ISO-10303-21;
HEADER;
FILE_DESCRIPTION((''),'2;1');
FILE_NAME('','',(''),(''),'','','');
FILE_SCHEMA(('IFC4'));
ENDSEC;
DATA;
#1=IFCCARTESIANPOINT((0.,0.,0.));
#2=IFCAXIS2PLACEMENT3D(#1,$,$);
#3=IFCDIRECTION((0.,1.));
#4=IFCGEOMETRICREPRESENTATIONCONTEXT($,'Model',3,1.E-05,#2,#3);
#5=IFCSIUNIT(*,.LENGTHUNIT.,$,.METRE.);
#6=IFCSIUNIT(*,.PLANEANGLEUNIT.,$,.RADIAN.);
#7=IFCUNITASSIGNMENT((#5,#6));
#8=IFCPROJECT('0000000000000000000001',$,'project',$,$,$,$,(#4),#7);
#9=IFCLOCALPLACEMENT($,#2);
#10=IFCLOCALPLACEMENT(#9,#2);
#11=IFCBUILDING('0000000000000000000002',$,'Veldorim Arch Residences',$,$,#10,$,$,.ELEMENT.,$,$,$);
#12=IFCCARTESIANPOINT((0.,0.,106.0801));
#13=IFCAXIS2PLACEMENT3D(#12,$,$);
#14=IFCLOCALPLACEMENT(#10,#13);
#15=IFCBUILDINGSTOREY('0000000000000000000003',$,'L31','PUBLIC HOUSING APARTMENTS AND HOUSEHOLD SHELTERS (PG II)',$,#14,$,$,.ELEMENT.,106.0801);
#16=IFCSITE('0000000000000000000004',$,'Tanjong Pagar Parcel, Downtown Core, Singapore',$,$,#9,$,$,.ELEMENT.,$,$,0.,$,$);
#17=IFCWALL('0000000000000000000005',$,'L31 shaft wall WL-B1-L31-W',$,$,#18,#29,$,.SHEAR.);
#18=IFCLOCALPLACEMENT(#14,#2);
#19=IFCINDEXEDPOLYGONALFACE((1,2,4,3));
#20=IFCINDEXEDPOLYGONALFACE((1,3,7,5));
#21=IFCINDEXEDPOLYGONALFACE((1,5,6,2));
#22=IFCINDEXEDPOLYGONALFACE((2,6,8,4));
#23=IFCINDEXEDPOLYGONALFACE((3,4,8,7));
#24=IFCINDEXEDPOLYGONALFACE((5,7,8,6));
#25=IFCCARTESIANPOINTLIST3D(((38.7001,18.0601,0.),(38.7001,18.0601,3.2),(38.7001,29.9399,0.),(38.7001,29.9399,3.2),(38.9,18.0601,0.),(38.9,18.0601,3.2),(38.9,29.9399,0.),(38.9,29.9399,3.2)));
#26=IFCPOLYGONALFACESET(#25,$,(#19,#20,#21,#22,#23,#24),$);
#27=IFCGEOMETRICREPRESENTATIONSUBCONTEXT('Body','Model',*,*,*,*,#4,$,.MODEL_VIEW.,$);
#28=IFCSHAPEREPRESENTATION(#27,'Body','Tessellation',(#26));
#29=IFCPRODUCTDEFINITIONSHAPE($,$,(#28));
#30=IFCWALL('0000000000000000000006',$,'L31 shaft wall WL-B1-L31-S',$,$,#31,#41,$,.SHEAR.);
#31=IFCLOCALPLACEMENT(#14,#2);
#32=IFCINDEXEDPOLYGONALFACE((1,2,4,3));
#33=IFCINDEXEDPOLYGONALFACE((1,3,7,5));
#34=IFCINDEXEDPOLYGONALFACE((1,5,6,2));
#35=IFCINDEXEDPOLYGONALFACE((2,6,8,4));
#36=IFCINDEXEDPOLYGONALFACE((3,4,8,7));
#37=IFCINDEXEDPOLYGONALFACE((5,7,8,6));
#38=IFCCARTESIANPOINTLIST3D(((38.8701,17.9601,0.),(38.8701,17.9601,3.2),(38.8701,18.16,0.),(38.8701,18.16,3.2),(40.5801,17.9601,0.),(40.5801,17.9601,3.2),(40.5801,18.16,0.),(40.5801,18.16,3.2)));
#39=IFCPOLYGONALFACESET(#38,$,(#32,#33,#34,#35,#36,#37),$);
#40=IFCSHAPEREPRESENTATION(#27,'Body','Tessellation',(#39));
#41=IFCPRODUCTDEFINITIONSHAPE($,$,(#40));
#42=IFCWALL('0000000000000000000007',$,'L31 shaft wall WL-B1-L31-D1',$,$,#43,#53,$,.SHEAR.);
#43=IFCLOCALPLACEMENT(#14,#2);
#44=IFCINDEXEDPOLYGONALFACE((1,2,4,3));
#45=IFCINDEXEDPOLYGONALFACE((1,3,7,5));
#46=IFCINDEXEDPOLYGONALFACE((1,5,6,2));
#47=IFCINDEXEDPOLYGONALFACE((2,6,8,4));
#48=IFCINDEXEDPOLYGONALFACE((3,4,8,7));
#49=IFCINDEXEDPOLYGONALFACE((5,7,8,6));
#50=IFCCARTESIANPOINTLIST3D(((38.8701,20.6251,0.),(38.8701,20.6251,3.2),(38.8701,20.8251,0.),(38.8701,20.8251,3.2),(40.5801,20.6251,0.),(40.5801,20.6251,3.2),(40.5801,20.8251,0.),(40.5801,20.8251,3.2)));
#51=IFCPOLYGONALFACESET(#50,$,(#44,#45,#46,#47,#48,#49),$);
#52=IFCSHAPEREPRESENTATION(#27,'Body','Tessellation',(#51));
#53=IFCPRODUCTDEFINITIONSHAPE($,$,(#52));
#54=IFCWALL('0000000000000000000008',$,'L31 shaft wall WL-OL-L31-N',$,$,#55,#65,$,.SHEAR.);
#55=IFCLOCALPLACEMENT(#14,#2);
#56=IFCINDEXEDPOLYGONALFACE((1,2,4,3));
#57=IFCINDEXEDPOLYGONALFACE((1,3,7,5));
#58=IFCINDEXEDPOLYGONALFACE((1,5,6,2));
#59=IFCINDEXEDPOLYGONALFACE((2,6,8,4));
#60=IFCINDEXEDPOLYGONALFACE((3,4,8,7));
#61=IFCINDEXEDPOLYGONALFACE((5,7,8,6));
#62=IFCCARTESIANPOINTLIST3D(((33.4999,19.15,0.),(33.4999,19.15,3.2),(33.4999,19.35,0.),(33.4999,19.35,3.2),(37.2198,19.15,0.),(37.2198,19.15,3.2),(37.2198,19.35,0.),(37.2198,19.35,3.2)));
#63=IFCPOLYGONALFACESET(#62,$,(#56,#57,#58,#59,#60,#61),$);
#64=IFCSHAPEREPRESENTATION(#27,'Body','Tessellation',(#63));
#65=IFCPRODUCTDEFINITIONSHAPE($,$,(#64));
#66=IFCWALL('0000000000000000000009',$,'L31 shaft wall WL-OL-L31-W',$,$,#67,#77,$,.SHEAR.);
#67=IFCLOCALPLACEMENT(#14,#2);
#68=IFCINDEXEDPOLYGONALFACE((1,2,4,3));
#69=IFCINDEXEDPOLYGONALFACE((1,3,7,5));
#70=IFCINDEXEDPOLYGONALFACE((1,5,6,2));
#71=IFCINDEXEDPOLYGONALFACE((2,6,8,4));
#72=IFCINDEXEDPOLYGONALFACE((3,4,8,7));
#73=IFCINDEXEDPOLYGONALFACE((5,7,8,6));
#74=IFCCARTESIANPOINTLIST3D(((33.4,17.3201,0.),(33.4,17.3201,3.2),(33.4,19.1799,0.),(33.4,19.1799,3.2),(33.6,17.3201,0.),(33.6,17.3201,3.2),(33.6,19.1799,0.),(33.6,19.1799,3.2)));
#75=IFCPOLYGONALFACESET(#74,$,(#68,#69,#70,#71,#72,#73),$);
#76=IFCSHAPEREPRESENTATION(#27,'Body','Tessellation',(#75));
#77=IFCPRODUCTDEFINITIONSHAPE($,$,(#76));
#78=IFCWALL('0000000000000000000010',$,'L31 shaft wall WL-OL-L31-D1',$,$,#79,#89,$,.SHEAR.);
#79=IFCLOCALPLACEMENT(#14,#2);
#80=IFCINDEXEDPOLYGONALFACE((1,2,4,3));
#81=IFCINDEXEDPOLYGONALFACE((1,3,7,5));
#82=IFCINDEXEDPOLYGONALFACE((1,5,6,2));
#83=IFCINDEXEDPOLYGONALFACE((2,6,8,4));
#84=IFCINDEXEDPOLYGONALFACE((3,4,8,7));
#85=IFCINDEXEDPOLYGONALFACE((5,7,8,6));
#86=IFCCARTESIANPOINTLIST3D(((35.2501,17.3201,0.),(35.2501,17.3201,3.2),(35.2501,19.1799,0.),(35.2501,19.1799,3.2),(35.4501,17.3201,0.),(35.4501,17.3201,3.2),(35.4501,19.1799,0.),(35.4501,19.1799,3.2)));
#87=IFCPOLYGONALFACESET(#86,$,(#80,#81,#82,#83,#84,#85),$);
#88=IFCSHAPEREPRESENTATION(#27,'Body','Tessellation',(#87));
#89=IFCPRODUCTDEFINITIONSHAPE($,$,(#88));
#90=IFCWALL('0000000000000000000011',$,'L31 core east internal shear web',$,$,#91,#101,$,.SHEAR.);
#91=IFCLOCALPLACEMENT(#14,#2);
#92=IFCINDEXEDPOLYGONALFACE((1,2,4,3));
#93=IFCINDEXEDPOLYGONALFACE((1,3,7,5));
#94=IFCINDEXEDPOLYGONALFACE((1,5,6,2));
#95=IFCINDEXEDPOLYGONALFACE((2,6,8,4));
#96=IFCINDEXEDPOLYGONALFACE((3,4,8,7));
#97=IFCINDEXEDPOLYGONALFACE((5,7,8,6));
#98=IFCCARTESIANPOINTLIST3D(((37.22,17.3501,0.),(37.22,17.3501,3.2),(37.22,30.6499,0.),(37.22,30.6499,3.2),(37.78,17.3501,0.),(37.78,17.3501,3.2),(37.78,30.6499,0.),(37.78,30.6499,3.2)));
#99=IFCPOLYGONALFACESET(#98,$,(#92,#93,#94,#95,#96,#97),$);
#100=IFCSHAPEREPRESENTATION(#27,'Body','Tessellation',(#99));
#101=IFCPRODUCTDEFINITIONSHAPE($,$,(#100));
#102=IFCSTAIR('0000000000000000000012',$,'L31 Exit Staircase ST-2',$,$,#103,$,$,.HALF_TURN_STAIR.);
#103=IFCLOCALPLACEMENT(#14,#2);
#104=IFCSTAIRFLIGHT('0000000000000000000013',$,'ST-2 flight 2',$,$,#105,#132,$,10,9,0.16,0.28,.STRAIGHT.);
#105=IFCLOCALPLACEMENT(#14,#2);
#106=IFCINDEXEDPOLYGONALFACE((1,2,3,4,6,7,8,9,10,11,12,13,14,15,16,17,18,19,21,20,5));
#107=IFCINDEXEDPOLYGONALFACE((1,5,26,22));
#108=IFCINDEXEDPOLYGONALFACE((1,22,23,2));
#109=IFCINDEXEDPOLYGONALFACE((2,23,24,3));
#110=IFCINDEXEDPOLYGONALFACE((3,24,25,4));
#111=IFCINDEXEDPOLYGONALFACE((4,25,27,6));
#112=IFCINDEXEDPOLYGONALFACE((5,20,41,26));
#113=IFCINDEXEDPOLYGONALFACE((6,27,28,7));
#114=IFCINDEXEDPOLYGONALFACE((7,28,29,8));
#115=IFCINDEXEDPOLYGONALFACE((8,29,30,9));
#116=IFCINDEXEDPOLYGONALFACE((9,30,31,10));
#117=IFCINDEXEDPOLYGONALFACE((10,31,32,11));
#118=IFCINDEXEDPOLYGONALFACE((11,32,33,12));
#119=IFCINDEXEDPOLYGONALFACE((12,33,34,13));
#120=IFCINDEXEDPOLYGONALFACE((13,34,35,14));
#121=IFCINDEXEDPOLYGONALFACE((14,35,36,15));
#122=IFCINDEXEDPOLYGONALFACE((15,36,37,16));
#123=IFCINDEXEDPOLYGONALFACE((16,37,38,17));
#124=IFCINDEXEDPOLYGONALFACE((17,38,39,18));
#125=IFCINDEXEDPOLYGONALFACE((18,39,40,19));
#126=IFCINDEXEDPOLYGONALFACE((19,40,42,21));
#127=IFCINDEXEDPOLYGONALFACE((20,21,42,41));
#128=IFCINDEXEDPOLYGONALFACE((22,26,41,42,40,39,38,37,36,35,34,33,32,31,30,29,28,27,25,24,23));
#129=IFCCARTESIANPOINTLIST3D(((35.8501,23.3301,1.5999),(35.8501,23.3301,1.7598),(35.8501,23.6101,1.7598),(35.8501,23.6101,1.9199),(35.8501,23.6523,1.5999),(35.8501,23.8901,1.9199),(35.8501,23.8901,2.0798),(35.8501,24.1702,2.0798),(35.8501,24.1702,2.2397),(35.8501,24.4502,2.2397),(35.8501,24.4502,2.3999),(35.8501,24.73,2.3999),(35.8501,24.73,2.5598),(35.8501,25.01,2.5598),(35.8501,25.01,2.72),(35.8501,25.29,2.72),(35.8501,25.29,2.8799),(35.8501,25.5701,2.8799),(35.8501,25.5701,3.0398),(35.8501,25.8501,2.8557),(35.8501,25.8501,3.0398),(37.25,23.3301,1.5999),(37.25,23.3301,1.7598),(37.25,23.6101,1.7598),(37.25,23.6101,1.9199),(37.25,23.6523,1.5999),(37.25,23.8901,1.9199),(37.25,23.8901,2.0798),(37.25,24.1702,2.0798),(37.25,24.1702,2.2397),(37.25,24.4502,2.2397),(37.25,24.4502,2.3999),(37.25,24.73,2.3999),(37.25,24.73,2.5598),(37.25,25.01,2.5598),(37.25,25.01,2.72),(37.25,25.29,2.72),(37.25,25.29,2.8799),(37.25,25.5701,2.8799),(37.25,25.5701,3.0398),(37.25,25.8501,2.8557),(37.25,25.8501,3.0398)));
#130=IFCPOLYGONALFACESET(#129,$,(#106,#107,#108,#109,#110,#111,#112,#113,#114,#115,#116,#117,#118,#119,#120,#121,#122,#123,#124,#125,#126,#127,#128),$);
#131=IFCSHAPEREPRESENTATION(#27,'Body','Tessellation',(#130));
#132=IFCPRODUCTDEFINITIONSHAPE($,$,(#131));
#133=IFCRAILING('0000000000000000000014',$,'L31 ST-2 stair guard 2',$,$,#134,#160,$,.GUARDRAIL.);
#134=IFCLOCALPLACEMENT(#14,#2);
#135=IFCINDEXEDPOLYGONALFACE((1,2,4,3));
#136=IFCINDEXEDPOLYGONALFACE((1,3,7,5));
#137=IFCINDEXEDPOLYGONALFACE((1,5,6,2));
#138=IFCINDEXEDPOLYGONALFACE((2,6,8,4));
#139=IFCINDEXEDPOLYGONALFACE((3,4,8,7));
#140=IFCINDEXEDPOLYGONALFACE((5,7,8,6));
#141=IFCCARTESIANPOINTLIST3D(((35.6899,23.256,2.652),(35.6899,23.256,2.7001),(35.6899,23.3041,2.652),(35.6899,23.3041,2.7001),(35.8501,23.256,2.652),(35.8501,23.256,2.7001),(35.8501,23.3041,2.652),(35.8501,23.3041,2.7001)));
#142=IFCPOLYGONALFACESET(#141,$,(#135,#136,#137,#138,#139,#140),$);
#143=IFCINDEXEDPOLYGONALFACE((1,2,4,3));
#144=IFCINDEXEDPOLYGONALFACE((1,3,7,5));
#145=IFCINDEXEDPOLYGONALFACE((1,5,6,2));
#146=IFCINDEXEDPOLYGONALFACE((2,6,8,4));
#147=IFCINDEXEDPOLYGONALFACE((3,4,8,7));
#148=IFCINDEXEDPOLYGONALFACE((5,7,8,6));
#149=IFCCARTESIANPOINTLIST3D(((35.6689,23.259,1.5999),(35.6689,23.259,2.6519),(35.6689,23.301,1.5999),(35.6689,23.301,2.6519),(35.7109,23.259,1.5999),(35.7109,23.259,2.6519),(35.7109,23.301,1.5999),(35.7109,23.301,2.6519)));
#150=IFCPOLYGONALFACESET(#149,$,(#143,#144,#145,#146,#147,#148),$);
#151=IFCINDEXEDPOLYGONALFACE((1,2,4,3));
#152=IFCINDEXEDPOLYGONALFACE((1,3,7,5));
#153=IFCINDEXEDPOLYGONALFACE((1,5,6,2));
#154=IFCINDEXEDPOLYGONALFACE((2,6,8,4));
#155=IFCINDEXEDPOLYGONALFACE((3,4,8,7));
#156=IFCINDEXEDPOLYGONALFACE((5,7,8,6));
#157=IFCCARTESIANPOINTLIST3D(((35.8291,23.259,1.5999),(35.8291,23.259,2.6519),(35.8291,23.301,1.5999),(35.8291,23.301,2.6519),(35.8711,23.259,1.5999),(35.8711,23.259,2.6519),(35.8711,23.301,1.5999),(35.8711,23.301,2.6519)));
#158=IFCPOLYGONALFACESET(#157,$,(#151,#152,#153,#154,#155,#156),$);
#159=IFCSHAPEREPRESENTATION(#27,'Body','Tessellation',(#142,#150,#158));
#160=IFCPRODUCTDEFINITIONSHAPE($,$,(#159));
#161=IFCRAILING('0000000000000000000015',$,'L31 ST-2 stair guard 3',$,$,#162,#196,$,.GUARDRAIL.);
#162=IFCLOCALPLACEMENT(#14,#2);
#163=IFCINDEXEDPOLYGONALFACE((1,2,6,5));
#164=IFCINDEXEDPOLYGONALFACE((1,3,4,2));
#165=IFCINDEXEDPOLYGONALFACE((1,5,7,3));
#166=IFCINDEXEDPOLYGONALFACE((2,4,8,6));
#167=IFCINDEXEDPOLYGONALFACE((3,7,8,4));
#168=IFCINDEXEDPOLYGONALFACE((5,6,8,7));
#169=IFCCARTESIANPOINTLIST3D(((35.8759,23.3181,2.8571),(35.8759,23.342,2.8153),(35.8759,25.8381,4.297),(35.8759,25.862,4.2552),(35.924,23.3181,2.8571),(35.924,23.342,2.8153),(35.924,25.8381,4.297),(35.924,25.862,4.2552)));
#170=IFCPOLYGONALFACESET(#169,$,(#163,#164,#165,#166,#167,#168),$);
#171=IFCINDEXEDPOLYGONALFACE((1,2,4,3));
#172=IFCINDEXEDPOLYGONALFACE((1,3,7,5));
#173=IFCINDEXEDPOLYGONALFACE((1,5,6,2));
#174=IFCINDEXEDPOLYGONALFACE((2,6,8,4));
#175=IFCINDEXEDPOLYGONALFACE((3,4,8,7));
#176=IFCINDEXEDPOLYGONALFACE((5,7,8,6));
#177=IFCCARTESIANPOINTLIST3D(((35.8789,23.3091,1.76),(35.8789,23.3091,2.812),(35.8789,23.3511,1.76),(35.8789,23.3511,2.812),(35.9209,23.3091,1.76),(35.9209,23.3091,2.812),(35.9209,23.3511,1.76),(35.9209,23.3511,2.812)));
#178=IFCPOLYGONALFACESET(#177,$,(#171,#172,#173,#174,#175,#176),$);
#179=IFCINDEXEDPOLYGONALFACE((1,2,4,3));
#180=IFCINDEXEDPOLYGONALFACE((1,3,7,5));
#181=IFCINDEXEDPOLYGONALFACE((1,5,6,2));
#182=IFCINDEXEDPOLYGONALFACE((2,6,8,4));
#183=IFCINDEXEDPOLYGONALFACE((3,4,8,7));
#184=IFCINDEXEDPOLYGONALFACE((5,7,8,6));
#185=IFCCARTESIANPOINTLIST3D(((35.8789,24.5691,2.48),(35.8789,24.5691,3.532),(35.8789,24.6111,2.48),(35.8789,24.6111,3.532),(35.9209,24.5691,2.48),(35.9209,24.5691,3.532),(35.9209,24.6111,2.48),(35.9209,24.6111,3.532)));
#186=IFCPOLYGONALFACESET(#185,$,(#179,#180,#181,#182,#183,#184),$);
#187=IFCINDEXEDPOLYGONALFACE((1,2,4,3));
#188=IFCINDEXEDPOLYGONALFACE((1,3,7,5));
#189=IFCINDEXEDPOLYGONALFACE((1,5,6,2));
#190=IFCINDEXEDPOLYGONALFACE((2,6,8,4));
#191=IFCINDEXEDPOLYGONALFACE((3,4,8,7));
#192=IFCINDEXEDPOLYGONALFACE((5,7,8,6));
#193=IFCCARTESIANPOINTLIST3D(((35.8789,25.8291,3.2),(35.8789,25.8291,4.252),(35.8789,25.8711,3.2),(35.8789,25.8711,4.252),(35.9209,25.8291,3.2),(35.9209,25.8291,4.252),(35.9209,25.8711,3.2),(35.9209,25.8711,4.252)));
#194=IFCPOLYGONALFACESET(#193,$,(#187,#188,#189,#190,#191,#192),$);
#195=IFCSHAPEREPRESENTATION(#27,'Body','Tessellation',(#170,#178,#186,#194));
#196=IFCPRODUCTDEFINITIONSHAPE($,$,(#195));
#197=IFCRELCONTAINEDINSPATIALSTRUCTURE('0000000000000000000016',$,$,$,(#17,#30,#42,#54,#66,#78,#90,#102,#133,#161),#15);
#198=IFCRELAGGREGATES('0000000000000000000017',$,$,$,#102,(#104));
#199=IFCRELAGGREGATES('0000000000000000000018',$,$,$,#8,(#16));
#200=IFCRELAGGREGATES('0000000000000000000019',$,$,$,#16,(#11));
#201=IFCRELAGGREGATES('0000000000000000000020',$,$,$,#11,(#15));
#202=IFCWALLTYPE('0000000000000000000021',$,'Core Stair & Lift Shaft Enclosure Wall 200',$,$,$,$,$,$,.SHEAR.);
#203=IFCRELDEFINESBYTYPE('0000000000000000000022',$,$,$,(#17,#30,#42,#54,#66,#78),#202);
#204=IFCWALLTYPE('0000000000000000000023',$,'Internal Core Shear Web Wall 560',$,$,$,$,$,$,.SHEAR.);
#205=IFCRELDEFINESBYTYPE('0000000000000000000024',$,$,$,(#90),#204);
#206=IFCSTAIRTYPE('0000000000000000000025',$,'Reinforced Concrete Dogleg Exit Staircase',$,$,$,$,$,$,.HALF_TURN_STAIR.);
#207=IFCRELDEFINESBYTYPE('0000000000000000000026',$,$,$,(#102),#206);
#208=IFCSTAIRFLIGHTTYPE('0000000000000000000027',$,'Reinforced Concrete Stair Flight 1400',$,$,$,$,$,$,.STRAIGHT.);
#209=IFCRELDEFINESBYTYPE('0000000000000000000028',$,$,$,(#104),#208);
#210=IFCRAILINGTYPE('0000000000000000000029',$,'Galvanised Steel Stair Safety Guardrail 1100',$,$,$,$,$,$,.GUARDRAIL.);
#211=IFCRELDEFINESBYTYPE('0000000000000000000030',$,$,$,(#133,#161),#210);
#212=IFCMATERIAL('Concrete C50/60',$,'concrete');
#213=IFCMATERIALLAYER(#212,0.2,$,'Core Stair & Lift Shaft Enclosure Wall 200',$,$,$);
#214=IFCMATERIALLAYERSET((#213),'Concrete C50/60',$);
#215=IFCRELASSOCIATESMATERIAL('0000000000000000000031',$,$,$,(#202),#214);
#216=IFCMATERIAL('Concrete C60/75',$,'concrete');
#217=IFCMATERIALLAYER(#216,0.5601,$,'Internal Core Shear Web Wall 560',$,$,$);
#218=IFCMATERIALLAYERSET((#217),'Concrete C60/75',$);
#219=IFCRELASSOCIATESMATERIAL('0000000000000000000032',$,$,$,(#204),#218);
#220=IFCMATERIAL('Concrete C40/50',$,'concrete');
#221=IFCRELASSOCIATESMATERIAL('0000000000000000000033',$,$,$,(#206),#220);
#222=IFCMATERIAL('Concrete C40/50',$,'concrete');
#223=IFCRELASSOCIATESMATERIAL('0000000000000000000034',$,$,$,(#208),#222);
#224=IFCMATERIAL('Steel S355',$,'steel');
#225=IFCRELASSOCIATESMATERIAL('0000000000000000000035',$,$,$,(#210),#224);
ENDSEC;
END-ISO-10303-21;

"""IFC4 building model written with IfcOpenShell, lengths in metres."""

from ifc_helpers import new_model, si_unit, direction, frame, frame_2d, origin, origin_2d, place, context, subcontext, project, spatial, polyline, rectangle, outline, extrude, material, layer, layer_set, type_object, element, aggregate, save


model = new_model("IFC4")

# Units and contexts
model_context = context("Model", 3, precision=1e-05, world=origin(), true_north=direction((0.0, 1.0)))
body_context = subcontext(model_context, "Body", "Model", "MODEL_VIEW")
ifc_project = project(units=[si_unit("LENGTHUNIT", "METRE"), si_unit("PLANEANGLEUNIT", "RADIAN")], contexts=[model_context])

# Site, building, storey
site_placement = place(None, origin())
site = spatial("IfcSite", under=ifc_project, at=site_placement, Name="Tanjong Pagar Parcel, Downtown Core, Singapore", CompositionType="ELEMENT", RefElevation=0.0)
building_placement = place(site_placement, origin())
building = spatial("IfcBuilding", under=site, at=building_placement, Name="Veldorim Arch Residences", CompositionType="ELEMENT")
storey_placement = place(building_placement, frame((0.0, 0.0, 106.0801)))
storey = spatial("IfcBuildingStorey", under=building, at=storey_placement, Name="L31", Description="PUBLIC HOUSING APARTMENTS AND HOUSEHOLD SHELTERS (PG II)", CompositionType="ELEMENT", Elevation=106.0801)

# Walls
ifc_material_1 = material(Name="Concrete C50/60", Category="concrete")
ifc_layer_1 = layer(ifc_material_1, 0.2, Name="Core Stair & Lift Shaft Enclosure Wall 200")
ifc_layer_set_1 = layer_set([ifc_layer_1], Name="Concrete C50/60")
wall_type_1 = type_object("IfcWallType", Name="Core Stair & Lift Shaft Enclosure Wall 200", PredefinedType="SHEAR", material=ifc_layer_set_1)
wall_1_placement = place(storey_placement, frame((38.8, 18.0601, 0.0), z_axis=(0.0, 0.0, 1.0), x_axis=(0.0, 1.0, 0.0)))
element("IfcWall", 1, at=wall_1_placement, inside=storey, type_object=wall_type_1, Name="L31 shaft wall WL-B1-L31-W", PredefinedType="SHEAR", context=body_context, shape_type="SweptSolid", body=[
    extrude(rectangle(XDim=11.8799, YDim=0.2, at=frame_2d((5.9399, 0.0))), origin(), (0.0, 0.0, 1.0), 3.2),
])
for number, where, z_axis, x_axis, name in (
    (2, (38.8701, 18.0601, 0.0), (0.0, 0.0, 1.0), (1.0, 0.0, 0.0), "L31 shaft wall WL-B1-L31-S"),
    (3, (38.8701, 20.7251, 0.0), (0.0, 0.0, 1.0), (1.0, 0.0, 0.0), "L31 shaft wall WL-B1-L31-D1"),
):
    element("IfcWall", number, at=place(storey_placement, frame(where, z_axis=z_axis, x_axis=x_axis)), inside=storey, type_object=wall_type_1, Name=name, PredefinedType="SHEAR", context=body_context, shape_type="SweptSolid", body=[
        extrude(rectangle(XDim=1.71, YDim=0.2, at=frame_2d((0.855, 0.0))), origin(), (0.0, 0.0, 1.0), 3.2),
    ])
wall_2_placement = place(storey_placement, frame((33.5, 19.25, 0.0), z_axis=(0.0, 0.0, 1.0), x_axis=(1.0, 0.0, 0.0)))
element("IfcWall", 4, at=wall_2_placement, inside=storey, type_object=wall_type_1, Name="L31 shaft wall WL-OL-L31-N", PredefinedType="SHEAR", context=body_context, shape_type="SweptSolid", body=[
    extrude(rectangle(XDim=3.72, YDim=0.2, at=frame_2d((1.8599, 0.0))), origin(), (0.0, 0.0, 1.0), 3.2),
])
for number, where, z_axis, x_axis, name in (
    (5, (33.5, 17.3201, 0.0), (0.0, 0.0, 1.0), (0.0, 1.0, 0.0), "L31 shaft wall WL-OL-L31-W"),
    (6, (35.3501, 17.3201, 0.0), (0.0, 0.0, 1.0), (0.0, 1.0, 0.0), "L31 shaft wall WL-OL-L31-D1"),
):
    element("IfcWall", number, at=place(storey_placement, frame(where, z_axis=z_axis, x_axis=x_axis)), inside=storey, type_object=wall_type_1, Name=name, PredefinedType="SHEAR", context=body_context, shape_type="SweptSolid", body=[
        extrude(rectangle(XDim=1.8599, YDim=0.2, at=frame_2d((0.9299, 0.0))), origin(), (0.0, 0.0, 1.0), 3.2),
    ])
ifc_material_2 = material(Name="Concrete C60/75", Category="concrete")
ifc_layer_2 = layer(ifc_material_2, 0.5601, Name="Internal Core Shear Web Wall 560")
ifc_layer_set_2 = layer_set([ifc_layer_2], Name="Concrete C60/75")
wall_type_2 = type_object("IfcWallType", Name="Internal Core Shear Web Wall 560", PredefinedType="SHEAR", material=ifc_layer_set_2)
wall_3_placement = place(storey_placement, frame((37.5, 17.3501, 0.0), z_axis=(0.0, 0.0, 1.0), x_axis=(0.0, 1.0, 0.0)))
element("IfcWall", 7, at=wall_3_placement, inside=storey, type_object=wall_type_2, Name="L31 core east internal shear web", PredefinedType="SHEAR", context=body_context, shape_type="SweptSolid", body=[
    extrude(rectangle(XDim=13.2998, YDim=0.5601, at=frame_2d((6.6499, 0.0))), origin(), (0.0, 0.0, 1.0), 3.2),
])

# Stair, stair flight
ifc_material_3 = material(Name="Concrete C40/50", Category="concrete")
stair_type = type_object("IfcStairType", Name="Reinforced Concrete Dogleg Exit Staircase", PredefinedType="HALF_TURN_STAIR", material=ifc_material_3)
stair_placement = place(storey_placement, origin())
stair = element("IfcStair", 8, at=stair_placement, inside=storey, type_object=stair_type, Name="L31 Exit Staircase ST-2", PredefinedType="HALF_TURN_STAIR")
ifc_material_4 = material(Name="Concrete C40/50", Category="concrete")
stair_flight_type = type_object("IfcStairFlightType", Name="Reinforced Concrete Stair Flight 1400", PredefinedType="STRAIGHT", material=ifc_material_4)
stair_flight_placement = place(storey_placement, frame((36.55, 23.3301, 1.5999), z_axis=(0.0, 0.0, 1.0), x_axis=(0.0, 1.0, 0.0)))
stair_flight = element("IfcStairFlight", 9, at=stair_flight_placement, type_object=stair_flight_type, Name="ST-2 flight 2", NumberOfRisers=10, NumberOfTreads=9, PredefinedType="STRAIGHT", RiserHeight=0.16, TreadLength=0.28, context=body_context, shape_type="SweptSolid", body=[
    extrude(outline(polyline([(0.0, 0.0), (0.0, 0.1599), (0.28, 0.1599), (0.28, 0.3201), (0.5601, 0.3201), (0.5601, 0.48), (0.8401, 0.48), (0.8401, 0.6399), (1.1201, 0.6399), (1.1201, 0.8), (1.3999, 0.8), (1.3999, 0.96), (1.6799, 0.96), (1.6799, 1.1201), (1.96, 1.1201), (1.96, 1.28), (2.24, 1.28), (2.24, 1.4399), (2.52, 1.4399), (2.52, 1.6001), (2.52, 1.2559), (0.3223, 0.0), (0.0, 0.0)])), frame((0.0, 0.7, 0.0), z_axis=(0.0, -1.0, 0.0), x_axis=(1.0, 0.0, 0.0)), (0.0, 0.0, 1.0), 1.3999),
])
aggregate(stair, [stair_flight])

# Railings
ifc_material_5 = material(Name="Steel S355", Category="steel")
railing_type_1 = type_object("IfcRailingType", Name="Galvanised Steel Stair Safety Guardrail 1100", PredefinedType="GUARDRAIL", material=ifc_material_5)
railing_1_placement = place(storey_placement, frame((35.6899, 23.28, 1.5999)))
element("IfcRailing", 10, at=railing_1_placement, inside=storey, type_object=railing_type_1, Name="L31 ST-2 stair guard 2", PredefinedType="GUARDRAIL", context=body_context, shape_type="SweptSolid", body=[
    extrude(rectangle(XDim=0.0481, YDim=0.0481, at=origin_2d()), frame((0.0, 0.0, 1.0762), z_axis=(1.0, 0.0, 0.0), x_axis=(0.0, 1.0, 0.0)), (0.0, 0.0, 1.0), 0.1602),
    extrude(rectangle(XDim=0.042, YDim=0.042, at=origin_2d()), origin(), (0.0, 0.0, 1.0), 1.052),
    extrude(rectangle(XDim=0.042, YDim=0.042, at=origin_2d()), frame((0.1602, 0.0, 0.0)), (0.0, 0.0, 1.0), 1.052),
])
railing_2_placement = place(storey_placement, frame((35.8999, 23.3301, 1.76)))
element("IfcRailing", 11, at=railing_2_placement, inside=storey, type_object=railing_type_1, Name="L31 ST-2 stair guard 3", PredefinedType="GUARDRAIL", context=body_context, shape_type="SweptSolid", body=[
    extrude(rectangle(XDim=0.0481, YDim=0.0481, at=origin_2d()), frame((0.0, 0.0, 1.0762), z_axis=(0.0, 0.868253, 0.496121), x_axis=(-1.0, 0.0, 0.0)), (0.0, 0.0, 1.0), 2.9023),
    extrude(rectangle(XDim=0.042, YDim=0.042, at=origin_2d()), origin(), (0.0, 0.0, 1.0), 1.052),
    extrude(rectangle(XDim=0.042, YDim=0.042, at=origin_2d()), frame((0.0, 1.26, 0.72)), (0.0, 0.0, 1.0), 1.052),
    extrude(rectangle(XDim=0.042, YDim=0.042, at=origin_2d()), frame((0.0, 2.52, 1.4399)), (0.0, 0.0, 1.0), 1.052),
])

save(model, "model.ifc")
